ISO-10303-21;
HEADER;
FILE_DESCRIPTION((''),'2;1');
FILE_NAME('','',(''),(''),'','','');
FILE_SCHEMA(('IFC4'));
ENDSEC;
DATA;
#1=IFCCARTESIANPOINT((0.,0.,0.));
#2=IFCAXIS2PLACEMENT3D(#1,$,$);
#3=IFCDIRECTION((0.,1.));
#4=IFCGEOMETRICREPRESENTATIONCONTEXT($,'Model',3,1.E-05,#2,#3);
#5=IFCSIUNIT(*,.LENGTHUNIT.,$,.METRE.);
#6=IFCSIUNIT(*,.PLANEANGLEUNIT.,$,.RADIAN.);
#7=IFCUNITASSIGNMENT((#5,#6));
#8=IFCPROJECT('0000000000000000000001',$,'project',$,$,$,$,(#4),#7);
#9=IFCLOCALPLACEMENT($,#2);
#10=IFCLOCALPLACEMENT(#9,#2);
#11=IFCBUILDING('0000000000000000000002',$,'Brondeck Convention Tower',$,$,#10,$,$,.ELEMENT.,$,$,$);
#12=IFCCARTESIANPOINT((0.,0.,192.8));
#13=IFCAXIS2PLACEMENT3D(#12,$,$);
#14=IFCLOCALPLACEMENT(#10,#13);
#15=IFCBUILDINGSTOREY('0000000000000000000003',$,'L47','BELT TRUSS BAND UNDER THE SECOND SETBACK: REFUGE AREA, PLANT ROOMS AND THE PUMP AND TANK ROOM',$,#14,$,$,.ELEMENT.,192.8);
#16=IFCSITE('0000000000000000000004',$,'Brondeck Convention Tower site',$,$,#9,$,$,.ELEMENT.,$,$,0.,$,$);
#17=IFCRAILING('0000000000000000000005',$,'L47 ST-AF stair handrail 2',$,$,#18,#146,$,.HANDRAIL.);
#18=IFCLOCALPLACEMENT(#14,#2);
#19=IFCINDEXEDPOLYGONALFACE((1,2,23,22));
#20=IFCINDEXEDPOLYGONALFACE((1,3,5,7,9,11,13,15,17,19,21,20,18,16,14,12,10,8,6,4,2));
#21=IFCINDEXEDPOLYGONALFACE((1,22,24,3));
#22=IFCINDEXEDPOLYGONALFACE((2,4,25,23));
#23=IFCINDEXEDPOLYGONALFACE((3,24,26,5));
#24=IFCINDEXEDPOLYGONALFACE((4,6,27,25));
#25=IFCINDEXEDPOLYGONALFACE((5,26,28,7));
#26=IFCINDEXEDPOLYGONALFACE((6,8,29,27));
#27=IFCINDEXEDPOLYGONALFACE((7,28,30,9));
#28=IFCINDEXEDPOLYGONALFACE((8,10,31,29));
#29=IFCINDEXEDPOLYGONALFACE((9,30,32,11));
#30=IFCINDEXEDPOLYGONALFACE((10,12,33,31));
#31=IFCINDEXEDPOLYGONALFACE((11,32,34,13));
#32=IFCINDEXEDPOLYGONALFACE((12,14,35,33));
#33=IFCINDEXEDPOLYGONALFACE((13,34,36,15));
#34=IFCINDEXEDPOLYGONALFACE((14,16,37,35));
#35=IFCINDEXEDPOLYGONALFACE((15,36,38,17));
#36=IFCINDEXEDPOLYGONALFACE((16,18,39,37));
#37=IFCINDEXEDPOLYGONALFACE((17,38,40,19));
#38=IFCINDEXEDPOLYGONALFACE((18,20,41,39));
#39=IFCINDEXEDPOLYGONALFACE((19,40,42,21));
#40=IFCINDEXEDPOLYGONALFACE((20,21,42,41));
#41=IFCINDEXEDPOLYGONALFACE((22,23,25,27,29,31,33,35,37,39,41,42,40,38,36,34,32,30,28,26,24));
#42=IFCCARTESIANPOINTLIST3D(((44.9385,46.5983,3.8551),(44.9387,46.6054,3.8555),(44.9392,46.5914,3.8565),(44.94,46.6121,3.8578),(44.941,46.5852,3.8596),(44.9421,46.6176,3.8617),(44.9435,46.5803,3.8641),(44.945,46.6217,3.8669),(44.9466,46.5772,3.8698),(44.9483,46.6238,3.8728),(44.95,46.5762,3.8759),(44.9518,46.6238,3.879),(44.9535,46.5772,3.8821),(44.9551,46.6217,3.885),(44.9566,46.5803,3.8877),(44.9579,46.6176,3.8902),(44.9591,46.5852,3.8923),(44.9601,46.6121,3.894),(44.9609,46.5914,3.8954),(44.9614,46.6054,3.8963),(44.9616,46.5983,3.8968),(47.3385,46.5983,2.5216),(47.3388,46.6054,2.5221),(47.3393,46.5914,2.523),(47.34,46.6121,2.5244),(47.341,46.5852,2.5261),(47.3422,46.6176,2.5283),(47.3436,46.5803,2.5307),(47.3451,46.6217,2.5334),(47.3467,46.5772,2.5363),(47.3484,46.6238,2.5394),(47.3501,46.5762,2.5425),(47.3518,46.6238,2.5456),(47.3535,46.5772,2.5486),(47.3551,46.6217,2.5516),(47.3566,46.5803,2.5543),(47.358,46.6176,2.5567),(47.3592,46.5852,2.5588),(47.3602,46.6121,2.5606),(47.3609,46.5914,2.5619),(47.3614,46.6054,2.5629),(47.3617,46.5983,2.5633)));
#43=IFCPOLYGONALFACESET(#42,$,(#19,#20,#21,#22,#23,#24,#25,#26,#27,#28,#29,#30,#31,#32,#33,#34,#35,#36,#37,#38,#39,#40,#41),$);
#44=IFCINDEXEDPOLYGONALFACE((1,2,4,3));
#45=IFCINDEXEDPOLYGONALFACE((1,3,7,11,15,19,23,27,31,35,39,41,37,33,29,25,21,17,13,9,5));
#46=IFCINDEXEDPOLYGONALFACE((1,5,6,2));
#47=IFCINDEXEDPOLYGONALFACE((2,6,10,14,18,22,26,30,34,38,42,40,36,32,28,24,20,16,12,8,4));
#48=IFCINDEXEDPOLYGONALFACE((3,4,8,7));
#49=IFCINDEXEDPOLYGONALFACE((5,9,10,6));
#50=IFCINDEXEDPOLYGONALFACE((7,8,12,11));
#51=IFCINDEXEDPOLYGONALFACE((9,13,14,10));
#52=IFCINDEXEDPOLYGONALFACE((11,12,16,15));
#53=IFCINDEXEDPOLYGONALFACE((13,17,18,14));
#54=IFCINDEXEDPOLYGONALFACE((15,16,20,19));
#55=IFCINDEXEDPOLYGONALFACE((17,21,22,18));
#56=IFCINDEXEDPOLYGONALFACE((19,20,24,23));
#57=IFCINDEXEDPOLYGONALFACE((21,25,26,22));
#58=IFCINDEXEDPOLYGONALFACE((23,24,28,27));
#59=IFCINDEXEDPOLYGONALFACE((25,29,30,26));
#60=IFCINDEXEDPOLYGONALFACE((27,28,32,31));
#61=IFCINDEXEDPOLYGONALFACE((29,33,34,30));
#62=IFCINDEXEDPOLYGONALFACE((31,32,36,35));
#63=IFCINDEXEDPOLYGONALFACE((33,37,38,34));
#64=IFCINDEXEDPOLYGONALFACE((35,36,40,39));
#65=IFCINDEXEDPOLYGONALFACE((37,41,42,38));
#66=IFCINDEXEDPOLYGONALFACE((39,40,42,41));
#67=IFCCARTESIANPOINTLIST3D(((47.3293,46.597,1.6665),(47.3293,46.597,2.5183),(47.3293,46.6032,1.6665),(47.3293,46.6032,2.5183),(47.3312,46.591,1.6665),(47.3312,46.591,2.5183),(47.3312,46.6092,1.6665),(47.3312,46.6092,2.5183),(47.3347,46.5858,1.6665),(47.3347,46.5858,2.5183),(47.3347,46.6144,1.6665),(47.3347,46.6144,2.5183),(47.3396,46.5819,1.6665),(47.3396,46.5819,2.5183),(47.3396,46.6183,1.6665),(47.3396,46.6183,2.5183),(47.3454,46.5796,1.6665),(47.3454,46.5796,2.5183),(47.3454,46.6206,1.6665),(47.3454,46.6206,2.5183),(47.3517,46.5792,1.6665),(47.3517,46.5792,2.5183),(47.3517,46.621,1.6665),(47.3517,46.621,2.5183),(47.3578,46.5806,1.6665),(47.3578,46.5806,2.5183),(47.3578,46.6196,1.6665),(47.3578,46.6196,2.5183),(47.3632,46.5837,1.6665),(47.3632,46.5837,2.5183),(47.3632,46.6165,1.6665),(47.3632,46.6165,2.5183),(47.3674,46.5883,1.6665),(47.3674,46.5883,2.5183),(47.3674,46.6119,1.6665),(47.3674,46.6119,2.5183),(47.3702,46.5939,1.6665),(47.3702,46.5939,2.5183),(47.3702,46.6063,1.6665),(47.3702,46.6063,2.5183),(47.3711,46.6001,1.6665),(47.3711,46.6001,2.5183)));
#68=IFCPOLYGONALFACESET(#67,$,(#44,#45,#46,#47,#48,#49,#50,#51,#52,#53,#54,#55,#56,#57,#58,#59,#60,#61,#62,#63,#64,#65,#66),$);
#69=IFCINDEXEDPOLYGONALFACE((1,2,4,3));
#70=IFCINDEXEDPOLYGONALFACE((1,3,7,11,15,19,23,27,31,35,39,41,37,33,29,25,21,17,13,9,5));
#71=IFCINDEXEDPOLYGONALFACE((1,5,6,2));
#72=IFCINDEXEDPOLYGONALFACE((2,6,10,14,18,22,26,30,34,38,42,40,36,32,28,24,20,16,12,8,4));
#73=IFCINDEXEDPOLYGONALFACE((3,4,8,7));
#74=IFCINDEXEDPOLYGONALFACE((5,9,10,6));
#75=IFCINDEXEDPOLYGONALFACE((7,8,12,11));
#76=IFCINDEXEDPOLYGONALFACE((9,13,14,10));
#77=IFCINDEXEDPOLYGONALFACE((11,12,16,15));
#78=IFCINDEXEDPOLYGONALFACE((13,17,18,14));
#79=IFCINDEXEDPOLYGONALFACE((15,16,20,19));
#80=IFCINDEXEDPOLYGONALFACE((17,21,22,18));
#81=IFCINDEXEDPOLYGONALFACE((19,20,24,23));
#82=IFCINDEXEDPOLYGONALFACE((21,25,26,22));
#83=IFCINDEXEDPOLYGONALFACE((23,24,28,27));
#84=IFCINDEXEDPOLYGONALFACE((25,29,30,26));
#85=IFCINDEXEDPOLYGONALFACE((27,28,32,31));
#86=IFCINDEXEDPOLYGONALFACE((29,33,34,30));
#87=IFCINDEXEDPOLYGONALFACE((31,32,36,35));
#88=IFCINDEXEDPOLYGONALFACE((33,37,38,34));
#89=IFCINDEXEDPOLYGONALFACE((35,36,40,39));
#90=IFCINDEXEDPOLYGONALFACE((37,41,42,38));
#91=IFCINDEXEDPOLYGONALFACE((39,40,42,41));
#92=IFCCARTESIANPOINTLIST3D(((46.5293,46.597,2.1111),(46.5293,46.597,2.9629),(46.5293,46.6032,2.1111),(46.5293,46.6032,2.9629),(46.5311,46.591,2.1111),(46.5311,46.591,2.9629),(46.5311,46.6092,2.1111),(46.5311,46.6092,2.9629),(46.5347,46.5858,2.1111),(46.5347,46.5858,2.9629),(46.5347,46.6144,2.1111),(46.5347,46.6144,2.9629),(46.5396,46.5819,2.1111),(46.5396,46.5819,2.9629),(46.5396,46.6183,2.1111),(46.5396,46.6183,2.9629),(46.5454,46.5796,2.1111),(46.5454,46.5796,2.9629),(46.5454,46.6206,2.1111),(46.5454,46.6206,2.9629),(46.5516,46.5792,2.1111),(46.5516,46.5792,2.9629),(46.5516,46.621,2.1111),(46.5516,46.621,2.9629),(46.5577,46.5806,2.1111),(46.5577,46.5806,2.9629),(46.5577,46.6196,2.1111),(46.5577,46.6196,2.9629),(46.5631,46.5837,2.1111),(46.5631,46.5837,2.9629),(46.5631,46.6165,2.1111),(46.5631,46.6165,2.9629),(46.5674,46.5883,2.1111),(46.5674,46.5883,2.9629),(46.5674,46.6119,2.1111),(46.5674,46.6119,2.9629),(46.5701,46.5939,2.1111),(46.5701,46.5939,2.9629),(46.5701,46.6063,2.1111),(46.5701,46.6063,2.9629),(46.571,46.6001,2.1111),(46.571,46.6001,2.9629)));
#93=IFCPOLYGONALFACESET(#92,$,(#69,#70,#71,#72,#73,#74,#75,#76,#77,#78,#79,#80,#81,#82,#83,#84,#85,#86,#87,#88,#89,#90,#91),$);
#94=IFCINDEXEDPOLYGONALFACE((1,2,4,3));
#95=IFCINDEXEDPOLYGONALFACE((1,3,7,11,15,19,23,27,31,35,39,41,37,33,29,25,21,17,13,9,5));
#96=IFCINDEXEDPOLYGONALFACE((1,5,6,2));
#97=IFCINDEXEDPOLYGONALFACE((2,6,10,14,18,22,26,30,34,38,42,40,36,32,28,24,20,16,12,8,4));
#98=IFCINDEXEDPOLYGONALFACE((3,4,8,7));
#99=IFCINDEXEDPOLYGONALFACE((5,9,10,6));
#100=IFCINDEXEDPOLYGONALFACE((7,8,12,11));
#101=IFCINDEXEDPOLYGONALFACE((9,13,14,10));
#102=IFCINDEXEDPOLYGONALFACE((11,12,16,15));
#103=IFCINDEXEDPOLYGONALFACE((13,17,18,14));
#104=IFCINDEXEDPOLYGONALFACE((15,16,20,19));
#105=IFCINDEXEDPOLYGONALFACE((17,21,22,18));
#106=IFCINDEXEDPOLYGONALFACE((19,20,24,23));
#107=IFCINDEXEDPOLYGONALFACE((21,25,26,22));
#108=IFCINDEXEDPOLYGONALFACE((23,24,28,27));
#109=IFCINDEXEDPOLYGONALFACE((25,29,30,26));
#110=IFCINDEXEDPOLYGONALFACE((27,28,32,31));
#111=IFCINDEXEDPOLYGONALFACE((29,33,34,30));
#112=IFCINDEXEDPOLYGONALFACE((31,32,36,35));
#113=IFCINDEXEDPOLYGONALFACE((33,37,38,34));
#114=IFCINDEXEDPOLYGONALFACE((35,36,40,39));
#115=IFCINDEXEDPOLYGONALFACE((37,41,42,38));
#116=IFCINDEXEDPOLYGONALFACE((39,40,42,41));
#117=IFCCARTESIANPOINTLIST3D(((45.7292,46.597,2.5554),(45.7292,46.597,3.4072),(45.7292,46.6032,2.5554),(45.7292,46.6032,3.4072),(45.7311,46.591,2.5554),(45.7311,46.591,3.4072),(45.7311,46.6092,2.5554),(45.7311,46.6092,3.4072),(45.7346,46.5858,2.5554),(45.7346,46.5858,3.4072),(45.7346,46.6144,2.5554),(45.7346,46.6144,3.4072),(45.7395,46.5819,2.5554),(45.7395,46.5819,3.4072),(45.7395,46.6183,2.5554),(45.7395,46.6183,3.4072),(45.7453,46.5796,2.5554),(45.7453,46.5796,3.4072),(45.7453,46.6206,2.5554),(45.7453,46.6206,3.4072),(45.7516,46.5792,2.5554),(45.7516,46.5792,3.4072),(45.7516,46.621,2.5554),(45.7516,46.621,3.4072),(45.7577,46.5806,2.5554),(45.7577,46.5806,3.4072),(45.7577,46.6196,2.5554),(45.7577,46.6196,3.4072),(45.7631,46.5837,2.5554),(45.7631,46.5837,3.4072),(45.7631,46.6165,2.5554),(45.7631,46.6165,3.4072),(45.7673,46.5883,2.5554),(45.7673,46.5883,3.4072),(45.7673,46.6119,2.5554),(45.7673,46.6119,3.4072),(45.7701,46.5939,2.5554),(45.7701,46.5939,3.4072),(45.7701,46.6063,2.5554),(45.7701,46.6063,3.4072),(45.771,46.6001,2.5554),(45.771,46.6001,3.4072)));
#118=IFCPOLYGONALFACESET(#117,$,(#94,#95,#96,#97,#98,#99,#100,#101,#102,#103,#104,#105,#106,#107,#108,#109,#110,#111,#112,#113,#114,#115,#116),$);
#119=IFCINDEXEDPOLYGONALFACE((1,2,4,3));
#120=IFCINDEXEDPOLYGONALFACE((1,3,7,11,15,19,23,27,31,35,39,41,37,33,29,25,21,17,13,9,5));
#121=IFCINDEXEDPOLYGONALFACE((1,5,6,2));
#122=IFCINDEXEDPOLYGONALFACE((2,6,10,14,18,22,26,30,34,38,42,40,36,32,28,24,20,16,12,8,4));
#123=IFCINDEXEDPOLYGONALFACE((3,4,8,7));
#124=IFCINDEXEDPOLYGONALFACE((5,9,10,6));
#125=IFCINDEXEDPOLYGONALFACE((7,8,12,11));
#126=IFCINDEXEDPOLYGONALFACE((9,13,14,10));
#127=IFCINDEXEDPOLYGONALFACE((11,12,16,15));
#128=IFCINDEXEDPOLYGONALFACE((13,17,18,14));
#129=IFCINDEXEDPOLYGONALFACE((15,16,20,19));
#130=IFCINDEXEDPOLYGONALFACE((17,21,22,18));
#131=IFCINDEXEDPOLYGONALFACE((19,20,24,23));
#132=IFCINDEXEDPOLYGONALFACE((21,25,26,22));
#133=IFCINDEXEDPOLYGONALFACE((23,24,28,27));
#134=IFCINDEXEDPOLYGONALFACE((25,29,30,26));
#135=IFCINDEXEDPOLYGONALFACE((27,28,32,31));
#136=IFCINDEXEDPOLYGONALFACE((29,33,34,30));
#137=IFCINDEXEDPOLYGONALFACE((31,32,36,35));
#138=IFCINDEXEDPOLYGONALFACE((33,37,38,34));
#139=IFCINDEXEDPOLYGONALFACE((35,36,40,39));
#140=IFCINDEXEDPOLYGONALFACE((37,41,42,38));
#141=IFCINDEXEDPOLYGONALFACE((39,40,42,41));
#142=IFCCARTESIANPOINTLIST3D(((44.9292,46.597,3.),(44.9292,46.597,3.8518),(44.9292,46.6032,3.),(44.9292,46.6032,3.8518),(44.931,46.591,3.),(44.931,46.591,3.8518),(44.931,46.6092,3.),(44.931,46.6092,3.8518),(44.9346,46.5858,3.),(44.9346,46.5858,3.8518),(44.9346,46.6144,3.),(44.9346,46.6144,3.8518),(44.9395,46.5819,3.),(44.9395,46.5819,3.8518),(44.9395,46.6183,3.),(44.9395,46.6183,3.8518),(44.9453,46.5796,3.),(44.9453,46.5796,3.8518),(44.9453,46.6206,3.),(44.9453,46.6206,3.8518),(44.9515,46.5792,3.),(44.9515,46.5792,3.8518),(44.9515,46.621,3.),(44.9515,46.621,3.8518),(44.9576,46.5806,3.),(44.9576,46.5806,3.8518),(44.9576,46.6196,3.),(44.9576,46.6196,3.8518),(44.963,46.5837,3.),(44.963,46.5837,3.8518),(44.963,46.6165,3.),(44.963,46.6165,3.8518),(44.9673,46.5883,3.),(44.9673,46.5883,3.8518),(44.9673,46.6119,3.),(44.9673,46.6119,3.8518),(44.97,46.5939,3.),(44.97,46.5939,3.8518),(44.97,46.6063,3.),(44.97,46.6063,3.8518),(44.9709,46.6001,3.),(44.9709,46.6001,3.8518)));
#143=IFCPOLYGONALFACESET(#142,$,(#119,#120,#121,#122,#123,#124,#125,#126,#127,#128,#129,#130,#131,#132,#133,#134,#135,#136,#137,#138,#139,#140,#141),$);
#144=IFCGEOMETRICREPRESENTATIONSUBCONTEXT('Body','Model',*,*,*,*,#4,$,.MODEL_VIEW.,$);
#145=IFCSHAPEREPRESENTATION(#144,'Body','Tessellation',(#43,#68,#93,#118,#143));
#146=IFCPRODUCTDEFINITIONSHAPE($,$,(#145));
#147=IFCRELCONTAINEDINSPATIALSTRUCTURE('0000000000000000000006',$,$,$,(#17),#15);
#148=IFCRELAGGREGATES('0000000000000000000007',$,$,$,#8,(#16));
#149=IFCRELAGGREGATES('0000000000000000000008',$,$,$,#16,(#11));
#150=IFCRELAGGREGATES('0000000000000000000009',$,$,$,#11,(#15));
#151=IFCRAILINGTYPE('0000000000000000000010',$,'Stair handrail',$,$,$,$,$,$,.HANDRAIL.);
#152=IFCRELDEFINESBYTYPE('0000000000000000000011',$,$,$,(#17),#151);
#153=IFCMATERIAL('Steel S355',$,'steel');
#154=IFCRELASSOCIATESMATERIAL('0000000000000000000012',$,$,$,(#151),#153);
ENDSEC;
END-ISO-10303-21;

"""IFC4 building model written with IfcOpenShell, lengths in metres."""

from ifc_helpers import new_model, si_unit, direction, frame, origin, origin_2d, place, context, subcontext, project, spatial, circle, extrude, material, type_object, element, save


model = new_model("IFC4")

# Units and contexts
model_context = context("Model", 3, precision=1e-05, world=origin(), true_north=direction((0.0, 1.0)))
body_context = subcontext(model_context, "Body", "Model", "MODEL_VIEW")
ifc_project = project(units=[si_unit("LENGTHUNIT", "METRE"), si_unit("PLANEANGLEUNIT", "RADIAN")], contexts=[model_context])

# Site, building, storey
site_placement = place(None, origin())
site = spatial("IfcSite", under=ifc_project, at=site_placement, Name="Brondeck Convention Tower site", CompositionType="ELEMENT", RefElevation=0.0)
building_placement = place(site_placement, origin())
building = spatial("IfcBuilding", under=site, at=building_placement, Name="Brondeck Convention Tower", CompositionType="ELEMENT")
storey_placement = place(building_placement, frame((0.0, 0.0, 192.8)))
storey = spatial("IfcBuildingStorey", under=building, at=storey_placement, Name="L47", Description="BELT TRUSS BAND UNDER THE SECOND SETBACK: REFUGE AREA, PLANT ROOMS AND THE PUMP AND TANK ROOM", CompositionType="ELEMENT", Elevation=192.8)

# Shared definitions
ifc_material_1 = material(Name="Steel S355", Category="steel")

# Railing
railing_type = type_object("IfcRailingType", Name="Stair handrail", PredefinedType="HANDRAIL", material=ifc_material_1)
for number, where, name in (
    (1, (47.3501, 46.6001, 1.6665), "L47 ST-AF stair handrail 2"),
):
    element("IfcRailing", number, at=place(storey_placement, frame(where)), inside=storey, type_object=railing_type, Name=name, PredefinedType="HANDRAIL", context=body_context, shape_type="SweptSolid", body=[
        extrude(circle(Radius=0.0239, at=origin_2d()), frame((0.0, 0.0, 0.876), z_axis=(-0.874145, 0.0, 0.485666), x_axis=(0.0, -1.0, 0.0)), (0.0, 0.0, 1.0), 2.7456),
        extrude(circle(Radius=0.021, at=origin_2d()), origin(), (0.0, 0.0, 1.0), 0.8518),
        extrude(circle(Radius=0.021, at=origin_2d()), frame((-0.8, 0.0, 0.4446)), (0.0, 0.0, 1.0), 0.8518),
        extrude(circle(Radius=0.021, at=origin_2d()), frame((-1.6001, 0.0, 0.8889)), (0.0, 0.0, 1.0), 0.8518),
        extrude(circle(Radius=0.021, at=origin_2d()), frame((-2.4001, 0.0, 1.3335)), (0.0, 0.0, 1.0), 0.8518),
    ])

save(model, "model.ifc")
